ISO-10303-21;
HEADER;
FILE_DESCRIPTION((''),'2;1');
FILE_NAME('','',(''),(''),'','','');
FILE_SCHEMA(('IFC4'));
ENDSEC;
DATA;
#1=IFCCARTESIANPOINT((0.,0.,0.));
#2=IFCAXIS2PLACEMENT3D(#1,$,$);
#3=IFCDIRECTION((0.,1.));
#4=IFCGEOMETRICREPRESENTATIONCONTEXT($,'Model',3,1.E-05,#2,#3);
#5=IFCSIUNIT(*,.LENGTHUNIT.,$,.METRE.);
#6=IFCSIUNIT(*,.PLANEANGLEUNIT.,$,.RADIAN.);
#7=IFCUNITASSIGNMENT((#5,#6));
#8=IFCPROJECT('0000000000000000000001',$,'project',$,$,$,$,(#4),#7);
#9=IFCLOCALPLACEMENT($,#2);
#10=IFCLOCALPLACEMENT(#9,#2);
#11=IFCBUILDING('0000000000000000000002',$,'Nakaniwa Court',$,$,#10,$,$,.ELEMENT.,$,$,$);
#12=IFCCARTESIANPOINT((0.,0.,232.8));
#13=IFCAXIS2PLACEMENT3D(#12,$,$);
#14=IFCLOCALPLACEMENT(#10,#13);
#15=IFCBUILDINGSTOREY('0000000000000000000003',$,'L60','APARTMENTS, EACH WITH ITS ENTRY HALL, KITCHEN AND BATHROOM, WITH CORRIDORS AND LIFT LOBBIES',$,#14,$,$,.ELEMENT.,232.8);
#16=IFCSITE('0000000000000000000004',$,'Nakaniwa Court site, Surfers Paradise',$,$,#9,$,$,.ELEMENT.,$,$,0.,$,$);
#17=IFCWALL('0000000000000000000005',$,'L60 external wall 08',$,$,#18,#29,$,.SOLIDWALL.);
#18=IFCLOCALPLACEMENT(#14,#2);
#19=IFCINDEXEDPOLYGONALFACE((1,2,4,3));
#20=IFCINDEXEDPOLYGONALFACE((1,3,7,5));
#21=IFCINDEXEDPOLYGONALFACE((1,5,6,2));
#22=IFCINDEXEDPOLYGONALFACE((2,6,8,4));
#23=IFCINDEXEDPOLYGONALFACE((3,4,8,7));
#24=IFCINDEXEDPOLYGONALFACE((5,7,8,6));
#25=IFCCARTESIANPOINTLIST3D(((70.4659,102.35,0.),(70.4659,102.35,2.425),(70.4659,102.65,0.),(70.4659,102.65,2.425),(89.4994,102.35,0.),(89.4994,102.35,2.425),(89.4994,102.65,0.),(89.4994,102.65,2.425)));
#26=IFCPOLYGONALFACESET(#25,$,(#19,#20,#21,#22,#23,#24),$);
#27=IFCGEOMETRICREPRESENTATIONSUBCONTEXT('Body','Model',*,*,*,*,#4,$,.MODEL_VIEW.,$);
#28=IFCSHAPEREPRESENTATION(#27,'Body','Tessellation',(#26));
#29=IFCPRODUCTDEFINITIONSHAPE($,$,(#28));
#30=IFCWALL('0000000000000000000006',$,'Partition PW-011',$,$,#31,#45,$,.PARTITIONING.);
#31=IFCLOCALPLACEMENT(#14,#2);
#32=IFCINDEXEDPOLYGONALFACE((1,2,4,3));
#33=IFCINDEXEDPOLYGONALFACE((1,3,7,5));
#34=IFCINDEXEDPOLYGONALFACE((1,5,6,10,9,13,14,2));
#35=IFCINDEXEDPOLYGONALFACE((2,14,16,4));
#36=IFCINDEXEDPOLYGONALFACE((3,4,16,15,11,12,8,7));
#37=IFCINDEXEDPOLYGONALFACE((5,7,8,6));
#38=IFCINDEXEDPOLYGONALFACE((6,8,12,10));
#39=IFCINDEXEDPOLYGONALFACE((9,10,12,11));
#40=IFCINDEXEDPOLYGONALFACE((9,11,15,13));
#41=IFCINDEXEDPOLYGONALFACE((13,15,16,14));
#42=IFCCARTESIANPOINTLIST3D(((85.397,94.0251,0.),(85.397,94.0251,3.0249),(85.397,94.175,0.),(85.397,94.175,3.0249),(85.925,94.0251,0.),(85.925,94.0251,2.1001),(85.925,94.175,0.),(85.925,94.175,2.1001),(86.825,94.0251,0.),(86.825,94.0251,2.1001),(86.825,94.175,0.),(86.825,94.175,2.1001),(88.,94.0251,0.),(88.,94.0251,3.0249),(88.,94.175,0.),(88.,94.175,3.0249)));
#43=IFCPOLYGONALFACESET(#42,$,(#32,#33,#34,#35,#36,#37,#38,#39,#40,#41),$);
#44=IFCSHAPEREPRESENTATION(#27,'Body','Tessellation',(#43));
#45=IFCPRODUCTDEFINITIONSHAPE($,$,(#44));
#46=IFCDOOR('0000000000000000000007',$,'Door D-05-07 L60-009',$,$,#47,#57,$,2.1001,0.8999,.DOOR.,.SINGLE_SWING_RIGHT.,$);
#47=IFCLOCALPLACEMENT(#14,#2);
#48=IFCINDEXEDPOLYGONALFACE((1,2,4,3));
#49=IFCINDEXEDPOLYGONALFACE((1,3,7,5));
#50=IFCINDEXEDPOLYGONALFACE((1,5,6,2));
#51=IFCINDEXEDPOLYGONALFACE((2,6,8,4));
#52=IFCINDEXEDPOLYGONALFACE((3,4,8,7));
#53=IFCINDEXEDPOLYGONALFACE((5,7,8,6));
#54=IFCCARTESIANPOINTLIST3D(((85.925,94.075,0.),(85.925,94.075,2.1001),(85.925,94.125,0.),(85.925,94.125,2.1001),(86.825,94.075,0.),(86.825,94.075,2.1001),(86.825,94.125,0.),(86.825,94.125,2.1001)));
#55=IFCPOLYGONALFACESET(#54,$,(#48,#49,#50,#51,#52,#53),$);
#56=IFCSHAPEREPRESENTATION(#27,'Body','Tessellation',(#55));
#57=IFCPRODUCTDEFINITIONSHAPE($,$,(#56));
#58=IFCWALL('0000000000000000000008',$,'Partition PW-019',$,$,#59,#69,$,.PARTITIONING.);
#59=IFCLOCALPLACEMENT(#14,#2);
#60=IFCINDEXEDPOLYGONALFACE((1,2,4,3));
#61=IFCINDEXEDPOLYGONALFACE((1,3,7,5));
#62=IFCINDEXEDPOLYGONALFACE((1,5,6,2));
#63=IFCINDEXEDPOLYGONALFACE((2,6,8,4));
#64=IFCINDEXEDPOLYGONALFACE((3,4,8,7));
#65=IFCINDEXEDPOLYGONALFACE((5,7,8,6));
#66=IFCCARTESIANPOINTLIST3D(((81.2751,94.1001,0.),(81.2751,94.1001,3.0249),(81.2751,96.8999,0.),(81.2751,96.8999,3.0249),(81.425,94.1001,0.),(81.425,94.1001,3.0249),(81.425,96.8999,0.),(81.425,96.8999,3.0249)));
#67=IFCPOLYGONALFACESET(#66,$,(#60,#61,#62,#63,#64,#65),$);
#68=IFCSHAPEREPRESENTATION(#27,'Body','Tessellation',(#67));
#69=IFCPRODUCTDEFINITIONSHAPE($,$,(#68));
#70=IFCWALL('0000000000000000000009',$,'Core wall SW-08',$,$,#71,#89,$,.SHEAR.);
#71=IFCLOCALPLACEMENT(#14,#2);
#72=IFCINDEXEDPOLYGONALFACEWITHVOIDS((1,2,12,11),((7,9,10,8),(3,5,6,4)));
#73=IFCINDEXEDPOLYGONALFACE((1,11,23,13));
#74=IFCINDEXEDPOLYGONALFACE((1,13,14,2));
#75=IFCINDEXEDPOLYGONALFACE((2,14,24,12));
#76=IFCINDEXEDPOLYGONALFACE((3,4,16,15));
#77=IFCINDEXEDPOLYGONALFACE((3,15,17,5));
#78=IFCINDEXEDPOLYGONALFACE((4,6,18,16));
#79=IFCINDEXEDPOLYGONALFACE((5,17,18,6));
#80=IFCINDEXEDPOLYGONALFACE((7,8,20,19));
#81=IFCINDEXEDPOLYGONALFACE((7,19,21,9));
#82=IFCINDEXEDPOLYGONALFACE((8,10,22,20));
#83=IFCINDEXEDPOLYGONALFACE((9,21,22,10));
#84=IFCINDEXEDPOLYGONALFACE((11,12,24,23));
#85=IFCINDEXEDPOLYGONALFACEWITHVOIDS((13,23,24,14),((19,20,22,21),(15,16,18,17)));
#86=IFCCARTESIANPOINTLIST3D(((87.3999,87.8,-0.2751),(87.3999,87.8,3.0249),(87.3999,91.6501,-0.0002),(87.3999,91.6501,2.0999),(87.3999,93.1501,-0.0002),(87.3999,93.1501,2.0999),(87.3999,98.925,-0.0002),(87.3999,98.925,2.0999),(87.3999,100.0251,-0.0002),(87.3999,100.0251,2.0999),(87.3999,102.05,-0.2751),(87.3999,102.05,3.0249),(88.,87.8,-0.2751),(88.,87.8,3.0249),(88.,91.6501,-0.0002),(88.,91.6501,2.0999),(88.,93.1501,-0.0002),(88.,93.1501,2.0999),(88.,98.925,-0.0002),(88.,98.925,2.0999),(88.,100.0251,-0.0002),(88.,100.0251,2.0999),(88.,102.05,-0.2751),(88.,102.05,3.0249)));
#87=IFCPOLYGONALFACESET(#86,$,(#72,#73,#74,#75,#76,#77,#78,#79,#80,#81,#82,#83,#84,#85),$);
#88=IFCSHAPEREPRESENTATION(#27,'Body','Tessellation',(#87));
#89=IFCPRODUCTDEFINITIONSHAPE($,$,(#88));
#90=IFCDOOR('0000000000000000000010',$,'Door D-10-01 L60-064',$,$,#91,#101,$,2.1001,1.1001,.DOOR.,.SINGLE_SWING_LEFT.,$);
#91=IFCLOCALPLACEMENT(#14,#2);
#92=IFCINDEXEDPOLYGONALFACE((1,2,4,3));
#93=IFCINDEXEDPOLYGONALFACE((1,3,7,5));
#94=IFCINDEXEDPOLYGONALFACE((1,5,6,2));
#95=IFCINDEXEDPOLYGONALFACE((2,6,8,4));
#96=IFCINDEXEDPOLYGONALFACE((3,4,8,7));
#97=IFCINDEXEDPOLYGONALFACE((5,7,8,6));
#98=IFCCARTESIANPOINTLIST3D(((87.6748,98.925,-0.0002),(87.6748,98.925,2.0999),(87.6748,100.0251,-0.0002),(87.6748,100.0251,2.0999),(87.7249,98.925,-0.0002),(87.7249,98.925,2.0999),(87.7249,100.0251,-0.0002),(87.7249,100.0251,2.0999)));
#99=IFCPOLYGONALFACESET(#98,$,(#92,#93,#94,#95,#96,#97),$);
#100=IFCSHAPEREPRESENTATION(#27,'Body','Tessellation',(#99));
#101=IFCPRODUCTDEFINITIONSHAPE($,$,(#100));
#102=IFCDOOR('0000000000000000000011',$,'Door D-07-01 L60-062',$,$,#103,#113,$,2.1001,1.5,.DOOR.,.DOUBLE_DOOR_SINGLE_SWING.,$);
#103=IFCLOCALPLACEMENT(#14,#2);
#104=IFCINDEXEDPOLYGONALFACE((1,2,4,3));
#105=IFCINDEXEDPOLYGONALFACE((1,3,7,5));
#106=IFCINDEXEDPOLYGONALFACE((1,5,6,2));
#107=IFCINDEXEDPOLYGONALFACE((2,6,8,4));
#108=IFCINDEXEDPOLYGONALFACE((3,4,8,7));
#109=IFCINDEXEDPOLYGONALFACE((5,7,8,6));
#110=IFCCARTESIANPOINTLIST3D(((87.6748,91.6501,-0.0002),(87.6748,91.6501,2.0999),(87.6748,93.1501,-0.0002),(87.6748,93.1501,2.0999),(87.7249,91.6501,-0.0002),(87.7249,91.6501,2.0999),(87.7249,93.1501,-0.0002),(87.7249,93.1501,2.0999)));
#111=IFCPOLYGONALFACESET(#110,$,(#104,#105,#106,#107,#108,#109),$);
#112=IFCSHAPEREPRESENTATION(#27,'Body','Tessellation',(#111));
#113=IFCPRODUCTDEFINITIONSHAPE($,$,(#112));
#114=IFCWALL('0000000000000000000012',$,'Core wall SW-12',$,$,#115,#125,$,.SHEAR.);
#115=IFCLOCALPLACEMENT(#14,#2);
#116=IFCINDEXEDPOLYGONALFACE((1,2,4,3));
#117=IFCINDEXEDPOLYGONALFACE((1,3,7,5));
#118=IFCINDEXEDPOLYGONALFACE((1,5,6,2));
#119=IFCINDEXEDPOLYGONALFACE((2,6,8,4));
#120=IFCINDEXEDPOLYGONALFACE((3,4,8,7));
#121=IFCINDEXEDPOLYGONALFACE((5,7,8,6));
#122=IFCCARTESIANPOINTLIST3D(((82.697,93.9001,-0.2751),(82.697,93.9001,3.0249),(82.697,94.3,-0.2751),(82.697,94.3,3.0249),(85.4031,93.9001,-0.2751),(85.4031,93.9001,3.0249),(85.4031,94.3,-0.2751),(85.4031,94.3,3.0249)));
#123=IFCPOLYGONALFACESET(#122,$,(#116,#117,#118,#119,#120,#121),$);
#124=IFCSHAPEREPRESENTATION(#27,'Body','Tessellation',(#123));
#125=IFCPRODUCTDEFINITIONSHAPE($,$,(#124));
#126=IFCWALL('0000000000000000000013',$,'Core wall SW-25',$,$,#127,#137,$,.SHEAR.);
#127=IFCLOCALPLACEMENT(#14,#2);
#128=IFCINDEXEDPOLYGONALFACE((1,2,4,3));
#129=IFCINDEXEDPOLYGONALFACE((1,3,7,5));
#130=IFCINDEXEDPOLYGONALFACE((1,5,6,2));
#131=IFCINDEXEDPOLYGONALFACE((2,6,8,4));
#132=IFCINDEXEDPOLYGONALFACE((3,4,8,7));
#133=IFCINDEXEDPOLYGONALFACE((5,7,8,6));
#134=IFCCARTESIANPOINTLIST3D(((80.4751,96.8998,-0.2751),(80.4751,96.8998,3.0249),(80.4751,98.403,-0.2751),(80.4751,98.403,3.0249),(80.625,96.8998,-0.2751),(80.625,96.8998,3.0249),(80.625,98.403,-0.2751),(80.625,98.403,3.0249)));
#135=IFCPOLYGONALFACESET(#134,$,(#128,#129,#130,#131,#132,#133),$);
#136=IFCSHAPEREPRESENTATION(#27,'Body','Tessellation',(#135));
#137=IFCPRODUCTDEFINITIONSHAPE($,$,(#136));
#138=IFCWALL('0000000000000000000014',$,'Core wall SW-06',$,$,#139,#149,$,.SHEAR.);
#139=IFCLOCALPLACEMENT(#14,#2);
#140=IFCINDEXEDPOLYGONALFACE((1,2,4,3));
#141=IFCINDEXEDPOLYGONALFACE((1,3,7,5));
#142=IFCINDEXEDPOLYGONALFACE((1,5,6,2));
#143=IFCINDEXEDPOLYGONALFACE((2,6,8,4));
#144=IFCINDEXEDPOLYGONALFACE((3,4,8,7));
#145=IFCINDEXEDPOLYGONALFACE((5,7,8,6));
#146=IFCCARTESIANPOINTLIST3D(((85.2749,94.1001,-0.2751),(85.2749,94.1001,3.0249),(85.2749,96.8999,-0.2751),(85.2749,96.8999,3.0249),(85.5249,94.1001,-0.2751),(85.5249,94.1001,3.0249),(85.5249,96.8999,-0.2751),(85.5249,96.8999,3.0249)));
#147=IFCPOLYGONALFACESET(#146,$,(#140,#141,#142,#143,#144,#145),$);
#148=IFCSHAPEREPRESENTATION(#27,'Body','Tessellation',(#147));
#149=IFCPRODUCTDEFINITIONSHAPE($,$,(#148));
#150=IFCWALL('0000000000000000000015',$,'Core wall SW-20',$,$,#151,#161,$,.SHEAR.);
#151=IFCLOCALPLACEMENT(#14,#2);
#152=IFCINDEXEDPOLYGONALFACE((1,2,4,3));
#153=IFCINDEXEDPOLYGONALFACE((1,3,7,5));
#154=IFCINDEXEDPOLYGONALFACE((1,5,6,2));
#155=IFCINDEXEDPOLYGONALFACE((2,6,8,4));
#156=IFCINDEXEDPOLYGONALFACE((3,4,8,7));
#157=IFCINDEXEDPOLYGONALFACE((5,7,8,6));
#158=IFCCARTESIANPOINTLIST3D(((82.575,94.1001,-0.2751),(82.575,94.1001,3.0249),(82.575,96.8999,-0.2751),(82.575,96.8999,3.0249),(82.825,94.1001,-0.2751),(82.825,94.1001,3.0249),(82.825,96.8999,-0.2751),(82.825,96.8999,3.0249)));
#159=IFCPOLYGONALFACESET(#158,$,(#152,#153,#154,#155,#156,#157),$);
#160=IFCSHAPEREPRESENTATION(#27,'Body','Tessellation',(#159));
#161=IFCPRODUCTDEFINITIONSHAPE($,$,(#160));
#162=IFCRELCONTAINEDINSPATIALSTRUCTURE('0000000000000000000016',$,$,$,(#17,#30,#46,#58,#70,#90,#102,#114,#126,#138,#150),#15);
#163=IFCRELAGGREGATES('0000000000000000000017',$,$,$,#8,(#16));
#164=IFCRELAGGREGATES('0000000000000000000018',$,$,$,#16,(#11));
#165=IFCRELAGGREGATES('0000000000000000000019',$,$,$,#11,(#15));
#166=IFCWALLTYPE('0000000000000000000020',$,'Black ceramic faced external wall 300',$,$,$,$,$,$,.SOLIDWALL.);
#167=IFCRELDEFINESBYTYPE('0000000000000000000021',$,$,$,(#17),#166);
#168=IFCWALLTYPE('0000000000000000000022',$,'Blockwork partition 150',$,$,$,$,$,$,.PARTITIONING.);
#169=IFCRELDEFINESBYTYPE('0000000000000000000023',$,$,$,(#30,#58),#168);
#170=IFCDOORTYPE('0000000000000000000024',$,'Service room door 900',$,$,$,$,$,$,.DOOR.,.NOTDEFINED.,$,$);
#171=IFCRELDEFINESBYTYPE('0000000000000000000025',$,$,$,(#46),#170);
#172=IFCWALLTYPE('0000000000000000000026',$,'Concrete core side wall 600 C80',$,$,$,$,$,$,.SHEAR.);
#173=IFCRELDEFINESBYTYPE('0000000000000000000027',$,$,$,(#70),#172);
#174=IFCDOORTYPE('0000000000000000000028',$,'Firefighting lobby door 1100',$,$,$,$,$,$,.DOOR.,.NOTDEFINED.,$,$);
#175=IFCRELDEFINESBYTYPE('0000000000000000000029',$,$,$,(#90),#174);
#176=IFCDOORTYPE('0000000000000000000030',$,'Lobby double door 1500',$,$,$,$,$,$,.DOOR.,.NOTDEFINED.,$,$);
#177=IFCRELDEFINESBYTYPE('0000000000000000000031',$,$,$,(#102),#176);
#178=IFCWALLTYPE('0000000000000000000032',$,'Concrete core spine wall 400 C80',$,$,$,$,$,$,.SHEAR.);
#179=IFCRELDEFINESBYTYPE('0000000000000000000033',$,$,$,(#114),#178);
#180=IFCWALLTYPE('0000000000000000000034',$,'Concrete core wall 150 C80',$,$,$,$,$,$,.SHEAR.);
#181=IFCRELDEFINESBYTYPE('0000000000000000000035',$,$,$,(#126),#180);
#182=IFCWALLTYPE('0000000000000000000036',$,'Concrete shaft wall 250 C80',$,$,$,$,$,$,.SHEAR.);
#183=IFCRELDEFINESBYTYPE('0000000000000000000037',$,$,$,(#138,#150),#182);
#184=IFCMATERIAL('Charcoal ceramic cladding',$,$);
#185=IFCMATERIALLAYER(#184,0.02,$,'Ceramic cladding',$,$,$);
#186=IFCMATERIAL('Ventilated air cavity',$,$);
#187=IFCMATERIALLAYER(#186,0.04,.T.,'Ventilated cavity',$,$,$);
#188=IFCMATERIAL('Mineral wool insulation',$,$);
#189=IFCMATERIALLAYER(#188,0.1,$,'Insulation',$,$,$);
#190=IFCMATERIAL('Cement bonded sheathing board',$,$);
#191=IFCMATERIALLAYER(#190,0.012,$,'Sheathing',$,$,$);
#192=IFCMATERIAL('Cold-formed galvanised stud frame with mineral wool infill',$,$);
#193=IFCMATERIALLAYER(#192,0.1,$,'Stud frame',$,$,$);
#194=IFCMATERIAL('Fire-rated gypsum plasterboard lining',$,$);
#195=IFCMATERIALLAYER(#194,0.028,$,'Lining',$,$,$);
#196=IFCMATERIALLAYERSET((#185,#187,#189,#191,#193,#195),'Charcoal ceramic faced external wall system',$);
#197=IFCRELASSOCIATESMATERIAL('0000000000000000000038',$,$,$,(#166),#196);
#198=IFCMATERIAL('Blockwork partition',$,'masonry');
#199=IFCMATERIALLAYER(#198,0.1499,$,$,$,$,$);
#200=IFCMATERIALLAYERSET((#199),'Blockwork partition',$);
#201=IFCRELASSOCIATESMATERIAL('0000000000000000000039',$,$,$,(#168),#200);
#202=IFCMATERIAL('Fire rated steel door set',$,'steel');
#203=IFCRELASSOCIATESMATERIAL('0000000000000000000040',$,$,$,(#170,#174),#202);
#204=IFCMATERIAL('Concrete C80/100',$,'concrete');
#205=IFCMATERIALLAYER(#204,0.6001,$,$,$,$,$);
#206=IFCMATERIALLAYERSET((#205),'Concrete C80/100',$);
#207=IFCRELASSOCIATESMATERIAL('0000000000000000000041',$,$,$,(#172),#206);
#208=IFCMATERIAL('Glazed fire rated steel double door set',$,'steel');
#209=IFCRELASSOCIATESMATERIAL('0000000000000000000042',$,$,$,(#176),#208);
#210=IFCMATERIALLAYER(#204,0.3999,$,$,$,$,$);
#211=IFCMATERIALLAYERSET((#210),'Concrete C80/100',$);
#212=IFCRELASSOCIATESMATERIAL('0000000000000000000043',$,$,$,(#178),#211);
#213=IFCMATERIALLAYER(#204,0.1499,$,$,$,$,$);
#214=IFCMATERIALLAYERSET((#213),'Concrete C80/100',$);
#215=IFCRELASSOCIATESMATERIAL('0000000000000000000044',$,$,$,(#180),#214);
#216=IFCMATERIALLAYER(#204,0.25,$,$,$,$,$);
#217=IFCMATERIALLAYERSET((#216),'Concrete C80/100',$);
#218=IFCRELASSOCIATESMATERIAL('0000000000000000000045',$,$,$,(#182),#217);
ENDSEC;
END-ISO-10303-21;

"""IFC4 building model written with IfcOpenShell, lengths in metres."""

from ifc_helpers import new_model, si_unit, direction, frame, frame_2d, origin, place, context, subcontext, project, spatial, rectangle, extrude, material, layer, layer_set, type_object, element, fill, save


model = new_model("IFC4")

# Units and contexts
model_context = context("Model", 3, precision=1e-05, world=origin(), true_north=direction((0.0, 1.0)))
body_context = subcontext(model_context, "Body", "Model", "MODEL_VIEW")
ifc_project = project(units=[si_unit("LENGTHUNIT", "METRE"), si_unit("PLANEANGLEUNIT", "RADIAN")], contexts=[model_context])

# Site, building, storey
site_placement = place(None, origin())
site = spatial("IfcSite", under=ifc_project, at=site_placement, Name="Nakaniwa Court site, Surfers Paradise", CompositionType="ELEMENT", RefElevation=0.0)
building_placement = place(site_placement, origin())
building = spatial("IfcBuilding", under=site, at=building_placement, Name="Nakaniwa Court", CompositionType="ELEMENT")
storey_placement = place(building_placement, frame((0.0, 0.0, 232.8)))
storey = spatial("IfcBuildingStorey", under=building, at=storey_placement, Name="L60", Description="APARTMENTS, EACH WITH ITS ENTRY HALL, KITCHEN AND BATHROOM, WITH CORRIDORS AND LIFT LOBBIES", CompositionType="ELEMENT", Elevation=232.8)

# Wall
ifc_material_1 = material(Name="Charcoal ceramic cladding")
ifc_layer_1 = layer(ifc_material_1, 0.02, Name="Ceramic cladding")
ifc_material_2 = material(Name="Ventilated air cavity")
ifc_layer_2 = layer(ifc_material_2, 0.04, ventilated=True, Name="Ventilated cavity")
ifc_material_3 = material(Name="Mineral wool insulation")
ifc_layer_3 = layer(ifc_material_3, 0.1, Name="Insulation")
ifc_material_4 = material(Name="Cement bonded sheathing board")
ifc_layer_4 = layer(ifc_material_4, 0.012, Name="Sheathing")
ifc_material_5 = material(Name="Cold-formed galvanised stud frame with mineral wool infill")
ifc_layer_5 = layer(ifc_material_5, 0.1, Name="Stud frame")
ifc_material_6 = material(Name="Fire-rated gypsum plasterboard lining")
ifc_layer_6 = layer(ifc_material_6, 0.028, Name="Lining")
ifc_layer_set_1 = layer_set([ifc_layer_1, ifc_layer_2, ifc_layer_3, ifc_layer_4, ifc_layer_5, ifc_layer_6], Name="Charcoal ceramic faced external wall system")
wall_type_1 = type_object("IfcWallType", Name="Black ceramic faced external wall 300", PredefinedType="SOLIDWALL", material=ifc_layer_set_1)
wall_1_placement = place(storey_placement, frame((89.4993, 102.5, 0.0), z_axis=(0.0, 0.0, 1.0), x_axis=(-1.0, 0.0, 0.0)))
element("IfcWall", 1, at=wall_1_placement, inside=storey, type_object=wall_type_1, Name="L60 external wall 08", PredefinedType="SOLIDWALL", context=body_context, shape_type="SweptSolid", body=[
    extrude(rectangle(XDim=19.0334, YDim=0.3, at=frame_2d((9.5166, 0.0))), origin(), (0.0, 0.0, 1.0), 2.425),
])

# Wall, opening, door
ifc_material_7 = material(Name="Blockwork partition", Category="masonry")
ifc_layer_7 = layer(ifc_material_7, 0.1499)
ifc_layer_set_2 = layer_set([ifc_layer_7], Name="Blockwork partition")
wall_type_2 = type_object("IfcWallType", Name="Blockwork partition 150", PredefinedType="PARTITIONING", material=ifc_layer_set_2)
wall_2_placement = place(storey_placement, frame((85.397, 94.1001, 0.0), z_axis=(0.0, 0.0, 1.0), x_axis=(1.0, 0.0, 0.0)))
wall_2 = element("IfcWall", 2, at=wall_2_placement, inside=storey, type_object=wall_type_2, Name="Partition PW-011", PredefinedType="PARTITIONING", context=body_context, shape_type="SweptSolid", body=[
    extrude(rectangle(XDim=2.603, YDim=0.1499, at=frame_2d((1.3015, 0.0))), origin(), (0.0, 0.0, 1.0), 3.0249),
])
opening_1_placement = place(wall_2_placement, frame((0.5281, 0.0, 0.0)))
opening_1 = element("IfcOpeningElement", 3, at=opening_1_placement, cuts=wall_2, PredefinedType="OPENING", context=body_context, shape_type="SweptSolid", body=[
    extrude(rectangle(XDim=0.8999, YDim=2.1001, at=frame_2d((0.45, 1.05))), frame((0.0, 0.085, 0.0), z_axis=(0.0, -1.0, 0.0), x_axis=(1.0, 0.0, 0.0)), (0.0, 0.0, 1.0), 0.1699),
])
ifc_material_8 = material(Name="Fire rated steel door set", Category="steel")
door_type_1 = type_object("IfcDoorType", Name="Service room door 900", OperationType="NOTDEFINED", PredefinedType="DOOR", material=ifc_material_8)
door_1_placement = place(opening_1_placement, origin())
door_1 = element("IfcDoor", 4, at=door_1_placement, inside=storey, type_object=door_type_1, Name="Door D-05-07 L60-009", OperationType="SINGLE_SWING_RIGHT", OverallHeight=2.1001, OverallWidth=0.8999, PredefinedType="DOOR", context=body_context, shape_type="SweptSolid", body=[
    extrude(rectangle(XDim=0.8999, YDim=2.1001, at=frame_2d((0.45, 1.05))), frame((0.0, 0.0249, 0.0), z_axis=(0.0, -1.0, 0.0), x_axis=(1.0, 0.0, 0.0)), (0.0, 0.0, 1.0), 0.05),
])
fill(opening_1, door_1)

# Wall
wall_3_placement = place(storey_placement, frame((81.3501, 94.1001, 0.0), z_axis=(0.0, 0.0, 1.0), x_axis=(0.0, 1.0, 0.0)))
element("IfcWall", 5, at=wall_3_placement, inside=storey, type_object=wall_type_2, Name="Partition PW-019", PredefinedType="PARTITIONING", context=body_context, shape_type="SweptSolid", body=[
    extrude(rectangle(XDim=2.7998, YDim=0.1499, at=frame_2d((1.3999, 0.0))), origin(), (0.0, 0.0, 1.0), 3.0249),
])

# Wall, openings, doors
ifc_material_9 = material(Name="Concrete C80/100", Category="concrete")
ifc_layer_8 = layer(ifc_material_9, 0.6001)
ifc_layer_set_3 = layer_set([ifc_layer_8], Name="Concrete C80/100")
wall_type_3 = type_object("IfcWallType", Name="Concrete core side wall 600 C80", PredefinedType="SHEAR", material=ifc_layer_set_3)
wall_4_placement = place(storey_placement, frame((87.7, 102.05, -0.2751), z_axis=(0.0, 0.0, 1.0), x_axis=(0.0, -1.0, 0.0)))
wall_4 = element("IfcWall", 6, at=wall_4_placement, inside=storey, type_object=wall_type_3, Name="Core wall SW-08", PredefinedType="SHEAR", context=body_context, shape_type="SweptSolid", body=[
    extrude(rectangle(XDim=14.25, YDim=0.6001, at=frame_2d((7.125, 0.0))), origin(), (0.0, 0.0, 1.0), 3.3),
])
opening_2_placement = place(wall_4_placement, frame((8.8999, 0.0, 0.2749)))
opening_2 = element("IfcOpeningElement", 7, at=opening_2_placement, cuts=wall_4, PredefinedType="OPENING", context=body_context, shape_type="SweptSolid", body=[
    extrude(rectangle(XDim=1.5, YDim=2.1001, at=frame_2d((0.75, 1.05))), frame((0.0, 0.3101, 0.0), z_axis=(0.0, -1.0, 0.0), x_axis=(1.0, 0.0, 0.0)), (0.0, 0.0, 1.0), 0.6201),
])
opening_3_placement = place(wall_4_placement, frame((2.0249, 0.0, 0.2749)))
opening_3 = element("IfcOpeningElement", 8, at=opening_3_placement, cuts=wall_4, PredefinedType="OPENING", context=body_context, shape_type="SweptSolid", body=[
    extrude(rectangle(XDim=1.1001, YDim=2.1001, at=frame_2d((0.55, 1.05))), frame((0.0, 0.3101, 0.0), z_axis=(0.0, -1.0, 0.0), x_axis=(1.0, 0.0, 0.0)), (0.0, 0.0, 1.0), 0.6201),
])
door_type_2 = type_object("IfcDoorType", Name="Firefighting lobby door 1100", OperationType="NOTDEFINED", PredefinedType="DOOR", material=ifc_material_8)
door_2_placement = place(opening_3_placement, origin())
door_2 = element("IfcDoor", 9, at=door_2_placement, inside=storey, type_object=door_type_2, Name="Door D-10-01 L60-064", OperationType="SINGLE_SWING_LEFT", OverallHeight=2.1001, OverallWidth=1.1001, PredefinedType="DOOR", context=body_context, shape_type="SweptSolid", body=[
    extrude(rectangle(XDim=1.1001, YDim=2.1001, at=frame_2d((0.55, 1.05))), frame((0.0, 0.0249, 0.0), z_axis=(0.0, -1.0, 0.0), x_axis=(1.0, 0.0, 0.0)), (0.0, 0.0, 1.0), 0.05),
])
fill(opening_3, door_2)
ifc_material_10 = material(Name="Glazed fire rated steel double door set", Category="steel")
door_type_3 = type_object("IfcDoorType", Name="Lobby double door 1500", OperationType="NOTDEFINED", PredefinedType="DOOR", material=ifc_material_10)
door_3_placement = place(opening_2_placement, origin())
door_3 = element("IfcDoor", 10, at=door_3_placement, inside=storey, type_object=door_type_3, Name="Door D-07-01 L60-062", OperationType="DOUBLE_DOOR_SINGLE_SWING", OverallHeight=2.1001, OverallWidth=1.5, PredefinedType="DOOR", context=body_context, shape_type="SweptSolid", body=[
    extrude(rectangle(XDim=1.5, YDim=2.1001, at=frame_2d((0.75, 1.05))), frame((0.0, 0.0249, 0.0), z_axis=(0.0, -1.0, 0.0), x_axis=(1.0, 0.0, 0.0)), (0.0, 0.0, 1.0), 0.05),
])
fill(opening_2, door_3)

# Walls
ifc_layer_9 = layer(ifc_material_9, 0.3999)
ifc_layer_set_4 = layer_set([ifc_layer_9], Name="Concrete C80/100")
wall_type_4 = type_object("IfcWallType", Name="Concrete core spine wall 400 C80", PredefinedType="SHEAR", material=ifc_layer_set_4)
wall_5_placement = place(storey_placement, frame((82.697, 94.1001, -0.2751), z_axis=(0.0, 0.0, 1.0), x_axis=(1.0, 0.0, 0.0)))
element("IfcWall", 11, at=wall_5_placement, inside=storey, type_object=wall_type_4, Name="Core wall SW-12", PredefinedType="SHEAR", context=body_context, shape_type="SweptSolid", body=[
    extrude(rectangle(XDim=2.7061, YDim=0.3999, at=frame_2d((1.353, 0.0))), origin(), (0.0, 0.0, 1.0), 3.3),
])
ifc_layer_10 = layer(ifc_material_9, 0.1499)
ifc_layer_set_5 = layer_set([ifc_layer_10], Name="Concrete C80/100")
wall_type_5 = type_object("IfcWallType", Name="Concrete core wall 150 C80", PredefinedType="SHEAR", material=ifc_layer_set_5)
wall_6_placement = place(storey_placement, frame((80.55, 96.8999, -0.2751), z_axis=(0.0, 0.0, 1.0), x_axis=(0.0, 1.0, 0.0)))
element("IfcWall", 12, at=wall_6_placement, inside=storey, type_object=wall_type_5, Name="Core wall SW-25", PredefinedType="SHEAR", context=body_context, shape_type="SweptSolid", body=[
    extrude(rectangle(XDim=1.5032, YDim=0.1499, at=frame_2d((0.7515, 0.0))), origin(), (0.0, 0.0, 1.0), 3.3),
])
ifc_layer_11 = layer(ifc_material_9, 0.25)
ifc_layer_set_6 = layer_set([ifc_layer_11], Name="Concrete C80/100")
wall_type_6 = type_object("IfcWallType", Name="Concrete shaft wall 250 C80", PredefinedType="SHEAR", material=ifc_layer_set_6)
for number, where, z_axis, x_axis, name in (
    (13, (85.3999, 94.1001, -0.2751), (0.0, 0.0, 1.0), (0.0, 1.0, 0.0), "Core wall SW-06"),
    (14, (82.7, 94.1001, -0.2751), (0.0, 0.0, 1.0), (0.0, 1.0, 0.0), "Core wall SW-20"),
):
    element("IfcWall", number, at=place(storey_placement, frame(where, z_axis=z_axis, x_axis=x_axis)), inside=storey, type_object=wall_type_6, Name=name, PredefinedType="SHEAR", context=body_context, shape_type="SweptSolid", body=[
        extrude(rectangle(XDim=2.7998, YDim=0.25, at=frame_2d((1.3999, 0.0))), origin(), (0.0, 0.0, 1.0), 3.3),
    ])

save(model, "model.ifc")
